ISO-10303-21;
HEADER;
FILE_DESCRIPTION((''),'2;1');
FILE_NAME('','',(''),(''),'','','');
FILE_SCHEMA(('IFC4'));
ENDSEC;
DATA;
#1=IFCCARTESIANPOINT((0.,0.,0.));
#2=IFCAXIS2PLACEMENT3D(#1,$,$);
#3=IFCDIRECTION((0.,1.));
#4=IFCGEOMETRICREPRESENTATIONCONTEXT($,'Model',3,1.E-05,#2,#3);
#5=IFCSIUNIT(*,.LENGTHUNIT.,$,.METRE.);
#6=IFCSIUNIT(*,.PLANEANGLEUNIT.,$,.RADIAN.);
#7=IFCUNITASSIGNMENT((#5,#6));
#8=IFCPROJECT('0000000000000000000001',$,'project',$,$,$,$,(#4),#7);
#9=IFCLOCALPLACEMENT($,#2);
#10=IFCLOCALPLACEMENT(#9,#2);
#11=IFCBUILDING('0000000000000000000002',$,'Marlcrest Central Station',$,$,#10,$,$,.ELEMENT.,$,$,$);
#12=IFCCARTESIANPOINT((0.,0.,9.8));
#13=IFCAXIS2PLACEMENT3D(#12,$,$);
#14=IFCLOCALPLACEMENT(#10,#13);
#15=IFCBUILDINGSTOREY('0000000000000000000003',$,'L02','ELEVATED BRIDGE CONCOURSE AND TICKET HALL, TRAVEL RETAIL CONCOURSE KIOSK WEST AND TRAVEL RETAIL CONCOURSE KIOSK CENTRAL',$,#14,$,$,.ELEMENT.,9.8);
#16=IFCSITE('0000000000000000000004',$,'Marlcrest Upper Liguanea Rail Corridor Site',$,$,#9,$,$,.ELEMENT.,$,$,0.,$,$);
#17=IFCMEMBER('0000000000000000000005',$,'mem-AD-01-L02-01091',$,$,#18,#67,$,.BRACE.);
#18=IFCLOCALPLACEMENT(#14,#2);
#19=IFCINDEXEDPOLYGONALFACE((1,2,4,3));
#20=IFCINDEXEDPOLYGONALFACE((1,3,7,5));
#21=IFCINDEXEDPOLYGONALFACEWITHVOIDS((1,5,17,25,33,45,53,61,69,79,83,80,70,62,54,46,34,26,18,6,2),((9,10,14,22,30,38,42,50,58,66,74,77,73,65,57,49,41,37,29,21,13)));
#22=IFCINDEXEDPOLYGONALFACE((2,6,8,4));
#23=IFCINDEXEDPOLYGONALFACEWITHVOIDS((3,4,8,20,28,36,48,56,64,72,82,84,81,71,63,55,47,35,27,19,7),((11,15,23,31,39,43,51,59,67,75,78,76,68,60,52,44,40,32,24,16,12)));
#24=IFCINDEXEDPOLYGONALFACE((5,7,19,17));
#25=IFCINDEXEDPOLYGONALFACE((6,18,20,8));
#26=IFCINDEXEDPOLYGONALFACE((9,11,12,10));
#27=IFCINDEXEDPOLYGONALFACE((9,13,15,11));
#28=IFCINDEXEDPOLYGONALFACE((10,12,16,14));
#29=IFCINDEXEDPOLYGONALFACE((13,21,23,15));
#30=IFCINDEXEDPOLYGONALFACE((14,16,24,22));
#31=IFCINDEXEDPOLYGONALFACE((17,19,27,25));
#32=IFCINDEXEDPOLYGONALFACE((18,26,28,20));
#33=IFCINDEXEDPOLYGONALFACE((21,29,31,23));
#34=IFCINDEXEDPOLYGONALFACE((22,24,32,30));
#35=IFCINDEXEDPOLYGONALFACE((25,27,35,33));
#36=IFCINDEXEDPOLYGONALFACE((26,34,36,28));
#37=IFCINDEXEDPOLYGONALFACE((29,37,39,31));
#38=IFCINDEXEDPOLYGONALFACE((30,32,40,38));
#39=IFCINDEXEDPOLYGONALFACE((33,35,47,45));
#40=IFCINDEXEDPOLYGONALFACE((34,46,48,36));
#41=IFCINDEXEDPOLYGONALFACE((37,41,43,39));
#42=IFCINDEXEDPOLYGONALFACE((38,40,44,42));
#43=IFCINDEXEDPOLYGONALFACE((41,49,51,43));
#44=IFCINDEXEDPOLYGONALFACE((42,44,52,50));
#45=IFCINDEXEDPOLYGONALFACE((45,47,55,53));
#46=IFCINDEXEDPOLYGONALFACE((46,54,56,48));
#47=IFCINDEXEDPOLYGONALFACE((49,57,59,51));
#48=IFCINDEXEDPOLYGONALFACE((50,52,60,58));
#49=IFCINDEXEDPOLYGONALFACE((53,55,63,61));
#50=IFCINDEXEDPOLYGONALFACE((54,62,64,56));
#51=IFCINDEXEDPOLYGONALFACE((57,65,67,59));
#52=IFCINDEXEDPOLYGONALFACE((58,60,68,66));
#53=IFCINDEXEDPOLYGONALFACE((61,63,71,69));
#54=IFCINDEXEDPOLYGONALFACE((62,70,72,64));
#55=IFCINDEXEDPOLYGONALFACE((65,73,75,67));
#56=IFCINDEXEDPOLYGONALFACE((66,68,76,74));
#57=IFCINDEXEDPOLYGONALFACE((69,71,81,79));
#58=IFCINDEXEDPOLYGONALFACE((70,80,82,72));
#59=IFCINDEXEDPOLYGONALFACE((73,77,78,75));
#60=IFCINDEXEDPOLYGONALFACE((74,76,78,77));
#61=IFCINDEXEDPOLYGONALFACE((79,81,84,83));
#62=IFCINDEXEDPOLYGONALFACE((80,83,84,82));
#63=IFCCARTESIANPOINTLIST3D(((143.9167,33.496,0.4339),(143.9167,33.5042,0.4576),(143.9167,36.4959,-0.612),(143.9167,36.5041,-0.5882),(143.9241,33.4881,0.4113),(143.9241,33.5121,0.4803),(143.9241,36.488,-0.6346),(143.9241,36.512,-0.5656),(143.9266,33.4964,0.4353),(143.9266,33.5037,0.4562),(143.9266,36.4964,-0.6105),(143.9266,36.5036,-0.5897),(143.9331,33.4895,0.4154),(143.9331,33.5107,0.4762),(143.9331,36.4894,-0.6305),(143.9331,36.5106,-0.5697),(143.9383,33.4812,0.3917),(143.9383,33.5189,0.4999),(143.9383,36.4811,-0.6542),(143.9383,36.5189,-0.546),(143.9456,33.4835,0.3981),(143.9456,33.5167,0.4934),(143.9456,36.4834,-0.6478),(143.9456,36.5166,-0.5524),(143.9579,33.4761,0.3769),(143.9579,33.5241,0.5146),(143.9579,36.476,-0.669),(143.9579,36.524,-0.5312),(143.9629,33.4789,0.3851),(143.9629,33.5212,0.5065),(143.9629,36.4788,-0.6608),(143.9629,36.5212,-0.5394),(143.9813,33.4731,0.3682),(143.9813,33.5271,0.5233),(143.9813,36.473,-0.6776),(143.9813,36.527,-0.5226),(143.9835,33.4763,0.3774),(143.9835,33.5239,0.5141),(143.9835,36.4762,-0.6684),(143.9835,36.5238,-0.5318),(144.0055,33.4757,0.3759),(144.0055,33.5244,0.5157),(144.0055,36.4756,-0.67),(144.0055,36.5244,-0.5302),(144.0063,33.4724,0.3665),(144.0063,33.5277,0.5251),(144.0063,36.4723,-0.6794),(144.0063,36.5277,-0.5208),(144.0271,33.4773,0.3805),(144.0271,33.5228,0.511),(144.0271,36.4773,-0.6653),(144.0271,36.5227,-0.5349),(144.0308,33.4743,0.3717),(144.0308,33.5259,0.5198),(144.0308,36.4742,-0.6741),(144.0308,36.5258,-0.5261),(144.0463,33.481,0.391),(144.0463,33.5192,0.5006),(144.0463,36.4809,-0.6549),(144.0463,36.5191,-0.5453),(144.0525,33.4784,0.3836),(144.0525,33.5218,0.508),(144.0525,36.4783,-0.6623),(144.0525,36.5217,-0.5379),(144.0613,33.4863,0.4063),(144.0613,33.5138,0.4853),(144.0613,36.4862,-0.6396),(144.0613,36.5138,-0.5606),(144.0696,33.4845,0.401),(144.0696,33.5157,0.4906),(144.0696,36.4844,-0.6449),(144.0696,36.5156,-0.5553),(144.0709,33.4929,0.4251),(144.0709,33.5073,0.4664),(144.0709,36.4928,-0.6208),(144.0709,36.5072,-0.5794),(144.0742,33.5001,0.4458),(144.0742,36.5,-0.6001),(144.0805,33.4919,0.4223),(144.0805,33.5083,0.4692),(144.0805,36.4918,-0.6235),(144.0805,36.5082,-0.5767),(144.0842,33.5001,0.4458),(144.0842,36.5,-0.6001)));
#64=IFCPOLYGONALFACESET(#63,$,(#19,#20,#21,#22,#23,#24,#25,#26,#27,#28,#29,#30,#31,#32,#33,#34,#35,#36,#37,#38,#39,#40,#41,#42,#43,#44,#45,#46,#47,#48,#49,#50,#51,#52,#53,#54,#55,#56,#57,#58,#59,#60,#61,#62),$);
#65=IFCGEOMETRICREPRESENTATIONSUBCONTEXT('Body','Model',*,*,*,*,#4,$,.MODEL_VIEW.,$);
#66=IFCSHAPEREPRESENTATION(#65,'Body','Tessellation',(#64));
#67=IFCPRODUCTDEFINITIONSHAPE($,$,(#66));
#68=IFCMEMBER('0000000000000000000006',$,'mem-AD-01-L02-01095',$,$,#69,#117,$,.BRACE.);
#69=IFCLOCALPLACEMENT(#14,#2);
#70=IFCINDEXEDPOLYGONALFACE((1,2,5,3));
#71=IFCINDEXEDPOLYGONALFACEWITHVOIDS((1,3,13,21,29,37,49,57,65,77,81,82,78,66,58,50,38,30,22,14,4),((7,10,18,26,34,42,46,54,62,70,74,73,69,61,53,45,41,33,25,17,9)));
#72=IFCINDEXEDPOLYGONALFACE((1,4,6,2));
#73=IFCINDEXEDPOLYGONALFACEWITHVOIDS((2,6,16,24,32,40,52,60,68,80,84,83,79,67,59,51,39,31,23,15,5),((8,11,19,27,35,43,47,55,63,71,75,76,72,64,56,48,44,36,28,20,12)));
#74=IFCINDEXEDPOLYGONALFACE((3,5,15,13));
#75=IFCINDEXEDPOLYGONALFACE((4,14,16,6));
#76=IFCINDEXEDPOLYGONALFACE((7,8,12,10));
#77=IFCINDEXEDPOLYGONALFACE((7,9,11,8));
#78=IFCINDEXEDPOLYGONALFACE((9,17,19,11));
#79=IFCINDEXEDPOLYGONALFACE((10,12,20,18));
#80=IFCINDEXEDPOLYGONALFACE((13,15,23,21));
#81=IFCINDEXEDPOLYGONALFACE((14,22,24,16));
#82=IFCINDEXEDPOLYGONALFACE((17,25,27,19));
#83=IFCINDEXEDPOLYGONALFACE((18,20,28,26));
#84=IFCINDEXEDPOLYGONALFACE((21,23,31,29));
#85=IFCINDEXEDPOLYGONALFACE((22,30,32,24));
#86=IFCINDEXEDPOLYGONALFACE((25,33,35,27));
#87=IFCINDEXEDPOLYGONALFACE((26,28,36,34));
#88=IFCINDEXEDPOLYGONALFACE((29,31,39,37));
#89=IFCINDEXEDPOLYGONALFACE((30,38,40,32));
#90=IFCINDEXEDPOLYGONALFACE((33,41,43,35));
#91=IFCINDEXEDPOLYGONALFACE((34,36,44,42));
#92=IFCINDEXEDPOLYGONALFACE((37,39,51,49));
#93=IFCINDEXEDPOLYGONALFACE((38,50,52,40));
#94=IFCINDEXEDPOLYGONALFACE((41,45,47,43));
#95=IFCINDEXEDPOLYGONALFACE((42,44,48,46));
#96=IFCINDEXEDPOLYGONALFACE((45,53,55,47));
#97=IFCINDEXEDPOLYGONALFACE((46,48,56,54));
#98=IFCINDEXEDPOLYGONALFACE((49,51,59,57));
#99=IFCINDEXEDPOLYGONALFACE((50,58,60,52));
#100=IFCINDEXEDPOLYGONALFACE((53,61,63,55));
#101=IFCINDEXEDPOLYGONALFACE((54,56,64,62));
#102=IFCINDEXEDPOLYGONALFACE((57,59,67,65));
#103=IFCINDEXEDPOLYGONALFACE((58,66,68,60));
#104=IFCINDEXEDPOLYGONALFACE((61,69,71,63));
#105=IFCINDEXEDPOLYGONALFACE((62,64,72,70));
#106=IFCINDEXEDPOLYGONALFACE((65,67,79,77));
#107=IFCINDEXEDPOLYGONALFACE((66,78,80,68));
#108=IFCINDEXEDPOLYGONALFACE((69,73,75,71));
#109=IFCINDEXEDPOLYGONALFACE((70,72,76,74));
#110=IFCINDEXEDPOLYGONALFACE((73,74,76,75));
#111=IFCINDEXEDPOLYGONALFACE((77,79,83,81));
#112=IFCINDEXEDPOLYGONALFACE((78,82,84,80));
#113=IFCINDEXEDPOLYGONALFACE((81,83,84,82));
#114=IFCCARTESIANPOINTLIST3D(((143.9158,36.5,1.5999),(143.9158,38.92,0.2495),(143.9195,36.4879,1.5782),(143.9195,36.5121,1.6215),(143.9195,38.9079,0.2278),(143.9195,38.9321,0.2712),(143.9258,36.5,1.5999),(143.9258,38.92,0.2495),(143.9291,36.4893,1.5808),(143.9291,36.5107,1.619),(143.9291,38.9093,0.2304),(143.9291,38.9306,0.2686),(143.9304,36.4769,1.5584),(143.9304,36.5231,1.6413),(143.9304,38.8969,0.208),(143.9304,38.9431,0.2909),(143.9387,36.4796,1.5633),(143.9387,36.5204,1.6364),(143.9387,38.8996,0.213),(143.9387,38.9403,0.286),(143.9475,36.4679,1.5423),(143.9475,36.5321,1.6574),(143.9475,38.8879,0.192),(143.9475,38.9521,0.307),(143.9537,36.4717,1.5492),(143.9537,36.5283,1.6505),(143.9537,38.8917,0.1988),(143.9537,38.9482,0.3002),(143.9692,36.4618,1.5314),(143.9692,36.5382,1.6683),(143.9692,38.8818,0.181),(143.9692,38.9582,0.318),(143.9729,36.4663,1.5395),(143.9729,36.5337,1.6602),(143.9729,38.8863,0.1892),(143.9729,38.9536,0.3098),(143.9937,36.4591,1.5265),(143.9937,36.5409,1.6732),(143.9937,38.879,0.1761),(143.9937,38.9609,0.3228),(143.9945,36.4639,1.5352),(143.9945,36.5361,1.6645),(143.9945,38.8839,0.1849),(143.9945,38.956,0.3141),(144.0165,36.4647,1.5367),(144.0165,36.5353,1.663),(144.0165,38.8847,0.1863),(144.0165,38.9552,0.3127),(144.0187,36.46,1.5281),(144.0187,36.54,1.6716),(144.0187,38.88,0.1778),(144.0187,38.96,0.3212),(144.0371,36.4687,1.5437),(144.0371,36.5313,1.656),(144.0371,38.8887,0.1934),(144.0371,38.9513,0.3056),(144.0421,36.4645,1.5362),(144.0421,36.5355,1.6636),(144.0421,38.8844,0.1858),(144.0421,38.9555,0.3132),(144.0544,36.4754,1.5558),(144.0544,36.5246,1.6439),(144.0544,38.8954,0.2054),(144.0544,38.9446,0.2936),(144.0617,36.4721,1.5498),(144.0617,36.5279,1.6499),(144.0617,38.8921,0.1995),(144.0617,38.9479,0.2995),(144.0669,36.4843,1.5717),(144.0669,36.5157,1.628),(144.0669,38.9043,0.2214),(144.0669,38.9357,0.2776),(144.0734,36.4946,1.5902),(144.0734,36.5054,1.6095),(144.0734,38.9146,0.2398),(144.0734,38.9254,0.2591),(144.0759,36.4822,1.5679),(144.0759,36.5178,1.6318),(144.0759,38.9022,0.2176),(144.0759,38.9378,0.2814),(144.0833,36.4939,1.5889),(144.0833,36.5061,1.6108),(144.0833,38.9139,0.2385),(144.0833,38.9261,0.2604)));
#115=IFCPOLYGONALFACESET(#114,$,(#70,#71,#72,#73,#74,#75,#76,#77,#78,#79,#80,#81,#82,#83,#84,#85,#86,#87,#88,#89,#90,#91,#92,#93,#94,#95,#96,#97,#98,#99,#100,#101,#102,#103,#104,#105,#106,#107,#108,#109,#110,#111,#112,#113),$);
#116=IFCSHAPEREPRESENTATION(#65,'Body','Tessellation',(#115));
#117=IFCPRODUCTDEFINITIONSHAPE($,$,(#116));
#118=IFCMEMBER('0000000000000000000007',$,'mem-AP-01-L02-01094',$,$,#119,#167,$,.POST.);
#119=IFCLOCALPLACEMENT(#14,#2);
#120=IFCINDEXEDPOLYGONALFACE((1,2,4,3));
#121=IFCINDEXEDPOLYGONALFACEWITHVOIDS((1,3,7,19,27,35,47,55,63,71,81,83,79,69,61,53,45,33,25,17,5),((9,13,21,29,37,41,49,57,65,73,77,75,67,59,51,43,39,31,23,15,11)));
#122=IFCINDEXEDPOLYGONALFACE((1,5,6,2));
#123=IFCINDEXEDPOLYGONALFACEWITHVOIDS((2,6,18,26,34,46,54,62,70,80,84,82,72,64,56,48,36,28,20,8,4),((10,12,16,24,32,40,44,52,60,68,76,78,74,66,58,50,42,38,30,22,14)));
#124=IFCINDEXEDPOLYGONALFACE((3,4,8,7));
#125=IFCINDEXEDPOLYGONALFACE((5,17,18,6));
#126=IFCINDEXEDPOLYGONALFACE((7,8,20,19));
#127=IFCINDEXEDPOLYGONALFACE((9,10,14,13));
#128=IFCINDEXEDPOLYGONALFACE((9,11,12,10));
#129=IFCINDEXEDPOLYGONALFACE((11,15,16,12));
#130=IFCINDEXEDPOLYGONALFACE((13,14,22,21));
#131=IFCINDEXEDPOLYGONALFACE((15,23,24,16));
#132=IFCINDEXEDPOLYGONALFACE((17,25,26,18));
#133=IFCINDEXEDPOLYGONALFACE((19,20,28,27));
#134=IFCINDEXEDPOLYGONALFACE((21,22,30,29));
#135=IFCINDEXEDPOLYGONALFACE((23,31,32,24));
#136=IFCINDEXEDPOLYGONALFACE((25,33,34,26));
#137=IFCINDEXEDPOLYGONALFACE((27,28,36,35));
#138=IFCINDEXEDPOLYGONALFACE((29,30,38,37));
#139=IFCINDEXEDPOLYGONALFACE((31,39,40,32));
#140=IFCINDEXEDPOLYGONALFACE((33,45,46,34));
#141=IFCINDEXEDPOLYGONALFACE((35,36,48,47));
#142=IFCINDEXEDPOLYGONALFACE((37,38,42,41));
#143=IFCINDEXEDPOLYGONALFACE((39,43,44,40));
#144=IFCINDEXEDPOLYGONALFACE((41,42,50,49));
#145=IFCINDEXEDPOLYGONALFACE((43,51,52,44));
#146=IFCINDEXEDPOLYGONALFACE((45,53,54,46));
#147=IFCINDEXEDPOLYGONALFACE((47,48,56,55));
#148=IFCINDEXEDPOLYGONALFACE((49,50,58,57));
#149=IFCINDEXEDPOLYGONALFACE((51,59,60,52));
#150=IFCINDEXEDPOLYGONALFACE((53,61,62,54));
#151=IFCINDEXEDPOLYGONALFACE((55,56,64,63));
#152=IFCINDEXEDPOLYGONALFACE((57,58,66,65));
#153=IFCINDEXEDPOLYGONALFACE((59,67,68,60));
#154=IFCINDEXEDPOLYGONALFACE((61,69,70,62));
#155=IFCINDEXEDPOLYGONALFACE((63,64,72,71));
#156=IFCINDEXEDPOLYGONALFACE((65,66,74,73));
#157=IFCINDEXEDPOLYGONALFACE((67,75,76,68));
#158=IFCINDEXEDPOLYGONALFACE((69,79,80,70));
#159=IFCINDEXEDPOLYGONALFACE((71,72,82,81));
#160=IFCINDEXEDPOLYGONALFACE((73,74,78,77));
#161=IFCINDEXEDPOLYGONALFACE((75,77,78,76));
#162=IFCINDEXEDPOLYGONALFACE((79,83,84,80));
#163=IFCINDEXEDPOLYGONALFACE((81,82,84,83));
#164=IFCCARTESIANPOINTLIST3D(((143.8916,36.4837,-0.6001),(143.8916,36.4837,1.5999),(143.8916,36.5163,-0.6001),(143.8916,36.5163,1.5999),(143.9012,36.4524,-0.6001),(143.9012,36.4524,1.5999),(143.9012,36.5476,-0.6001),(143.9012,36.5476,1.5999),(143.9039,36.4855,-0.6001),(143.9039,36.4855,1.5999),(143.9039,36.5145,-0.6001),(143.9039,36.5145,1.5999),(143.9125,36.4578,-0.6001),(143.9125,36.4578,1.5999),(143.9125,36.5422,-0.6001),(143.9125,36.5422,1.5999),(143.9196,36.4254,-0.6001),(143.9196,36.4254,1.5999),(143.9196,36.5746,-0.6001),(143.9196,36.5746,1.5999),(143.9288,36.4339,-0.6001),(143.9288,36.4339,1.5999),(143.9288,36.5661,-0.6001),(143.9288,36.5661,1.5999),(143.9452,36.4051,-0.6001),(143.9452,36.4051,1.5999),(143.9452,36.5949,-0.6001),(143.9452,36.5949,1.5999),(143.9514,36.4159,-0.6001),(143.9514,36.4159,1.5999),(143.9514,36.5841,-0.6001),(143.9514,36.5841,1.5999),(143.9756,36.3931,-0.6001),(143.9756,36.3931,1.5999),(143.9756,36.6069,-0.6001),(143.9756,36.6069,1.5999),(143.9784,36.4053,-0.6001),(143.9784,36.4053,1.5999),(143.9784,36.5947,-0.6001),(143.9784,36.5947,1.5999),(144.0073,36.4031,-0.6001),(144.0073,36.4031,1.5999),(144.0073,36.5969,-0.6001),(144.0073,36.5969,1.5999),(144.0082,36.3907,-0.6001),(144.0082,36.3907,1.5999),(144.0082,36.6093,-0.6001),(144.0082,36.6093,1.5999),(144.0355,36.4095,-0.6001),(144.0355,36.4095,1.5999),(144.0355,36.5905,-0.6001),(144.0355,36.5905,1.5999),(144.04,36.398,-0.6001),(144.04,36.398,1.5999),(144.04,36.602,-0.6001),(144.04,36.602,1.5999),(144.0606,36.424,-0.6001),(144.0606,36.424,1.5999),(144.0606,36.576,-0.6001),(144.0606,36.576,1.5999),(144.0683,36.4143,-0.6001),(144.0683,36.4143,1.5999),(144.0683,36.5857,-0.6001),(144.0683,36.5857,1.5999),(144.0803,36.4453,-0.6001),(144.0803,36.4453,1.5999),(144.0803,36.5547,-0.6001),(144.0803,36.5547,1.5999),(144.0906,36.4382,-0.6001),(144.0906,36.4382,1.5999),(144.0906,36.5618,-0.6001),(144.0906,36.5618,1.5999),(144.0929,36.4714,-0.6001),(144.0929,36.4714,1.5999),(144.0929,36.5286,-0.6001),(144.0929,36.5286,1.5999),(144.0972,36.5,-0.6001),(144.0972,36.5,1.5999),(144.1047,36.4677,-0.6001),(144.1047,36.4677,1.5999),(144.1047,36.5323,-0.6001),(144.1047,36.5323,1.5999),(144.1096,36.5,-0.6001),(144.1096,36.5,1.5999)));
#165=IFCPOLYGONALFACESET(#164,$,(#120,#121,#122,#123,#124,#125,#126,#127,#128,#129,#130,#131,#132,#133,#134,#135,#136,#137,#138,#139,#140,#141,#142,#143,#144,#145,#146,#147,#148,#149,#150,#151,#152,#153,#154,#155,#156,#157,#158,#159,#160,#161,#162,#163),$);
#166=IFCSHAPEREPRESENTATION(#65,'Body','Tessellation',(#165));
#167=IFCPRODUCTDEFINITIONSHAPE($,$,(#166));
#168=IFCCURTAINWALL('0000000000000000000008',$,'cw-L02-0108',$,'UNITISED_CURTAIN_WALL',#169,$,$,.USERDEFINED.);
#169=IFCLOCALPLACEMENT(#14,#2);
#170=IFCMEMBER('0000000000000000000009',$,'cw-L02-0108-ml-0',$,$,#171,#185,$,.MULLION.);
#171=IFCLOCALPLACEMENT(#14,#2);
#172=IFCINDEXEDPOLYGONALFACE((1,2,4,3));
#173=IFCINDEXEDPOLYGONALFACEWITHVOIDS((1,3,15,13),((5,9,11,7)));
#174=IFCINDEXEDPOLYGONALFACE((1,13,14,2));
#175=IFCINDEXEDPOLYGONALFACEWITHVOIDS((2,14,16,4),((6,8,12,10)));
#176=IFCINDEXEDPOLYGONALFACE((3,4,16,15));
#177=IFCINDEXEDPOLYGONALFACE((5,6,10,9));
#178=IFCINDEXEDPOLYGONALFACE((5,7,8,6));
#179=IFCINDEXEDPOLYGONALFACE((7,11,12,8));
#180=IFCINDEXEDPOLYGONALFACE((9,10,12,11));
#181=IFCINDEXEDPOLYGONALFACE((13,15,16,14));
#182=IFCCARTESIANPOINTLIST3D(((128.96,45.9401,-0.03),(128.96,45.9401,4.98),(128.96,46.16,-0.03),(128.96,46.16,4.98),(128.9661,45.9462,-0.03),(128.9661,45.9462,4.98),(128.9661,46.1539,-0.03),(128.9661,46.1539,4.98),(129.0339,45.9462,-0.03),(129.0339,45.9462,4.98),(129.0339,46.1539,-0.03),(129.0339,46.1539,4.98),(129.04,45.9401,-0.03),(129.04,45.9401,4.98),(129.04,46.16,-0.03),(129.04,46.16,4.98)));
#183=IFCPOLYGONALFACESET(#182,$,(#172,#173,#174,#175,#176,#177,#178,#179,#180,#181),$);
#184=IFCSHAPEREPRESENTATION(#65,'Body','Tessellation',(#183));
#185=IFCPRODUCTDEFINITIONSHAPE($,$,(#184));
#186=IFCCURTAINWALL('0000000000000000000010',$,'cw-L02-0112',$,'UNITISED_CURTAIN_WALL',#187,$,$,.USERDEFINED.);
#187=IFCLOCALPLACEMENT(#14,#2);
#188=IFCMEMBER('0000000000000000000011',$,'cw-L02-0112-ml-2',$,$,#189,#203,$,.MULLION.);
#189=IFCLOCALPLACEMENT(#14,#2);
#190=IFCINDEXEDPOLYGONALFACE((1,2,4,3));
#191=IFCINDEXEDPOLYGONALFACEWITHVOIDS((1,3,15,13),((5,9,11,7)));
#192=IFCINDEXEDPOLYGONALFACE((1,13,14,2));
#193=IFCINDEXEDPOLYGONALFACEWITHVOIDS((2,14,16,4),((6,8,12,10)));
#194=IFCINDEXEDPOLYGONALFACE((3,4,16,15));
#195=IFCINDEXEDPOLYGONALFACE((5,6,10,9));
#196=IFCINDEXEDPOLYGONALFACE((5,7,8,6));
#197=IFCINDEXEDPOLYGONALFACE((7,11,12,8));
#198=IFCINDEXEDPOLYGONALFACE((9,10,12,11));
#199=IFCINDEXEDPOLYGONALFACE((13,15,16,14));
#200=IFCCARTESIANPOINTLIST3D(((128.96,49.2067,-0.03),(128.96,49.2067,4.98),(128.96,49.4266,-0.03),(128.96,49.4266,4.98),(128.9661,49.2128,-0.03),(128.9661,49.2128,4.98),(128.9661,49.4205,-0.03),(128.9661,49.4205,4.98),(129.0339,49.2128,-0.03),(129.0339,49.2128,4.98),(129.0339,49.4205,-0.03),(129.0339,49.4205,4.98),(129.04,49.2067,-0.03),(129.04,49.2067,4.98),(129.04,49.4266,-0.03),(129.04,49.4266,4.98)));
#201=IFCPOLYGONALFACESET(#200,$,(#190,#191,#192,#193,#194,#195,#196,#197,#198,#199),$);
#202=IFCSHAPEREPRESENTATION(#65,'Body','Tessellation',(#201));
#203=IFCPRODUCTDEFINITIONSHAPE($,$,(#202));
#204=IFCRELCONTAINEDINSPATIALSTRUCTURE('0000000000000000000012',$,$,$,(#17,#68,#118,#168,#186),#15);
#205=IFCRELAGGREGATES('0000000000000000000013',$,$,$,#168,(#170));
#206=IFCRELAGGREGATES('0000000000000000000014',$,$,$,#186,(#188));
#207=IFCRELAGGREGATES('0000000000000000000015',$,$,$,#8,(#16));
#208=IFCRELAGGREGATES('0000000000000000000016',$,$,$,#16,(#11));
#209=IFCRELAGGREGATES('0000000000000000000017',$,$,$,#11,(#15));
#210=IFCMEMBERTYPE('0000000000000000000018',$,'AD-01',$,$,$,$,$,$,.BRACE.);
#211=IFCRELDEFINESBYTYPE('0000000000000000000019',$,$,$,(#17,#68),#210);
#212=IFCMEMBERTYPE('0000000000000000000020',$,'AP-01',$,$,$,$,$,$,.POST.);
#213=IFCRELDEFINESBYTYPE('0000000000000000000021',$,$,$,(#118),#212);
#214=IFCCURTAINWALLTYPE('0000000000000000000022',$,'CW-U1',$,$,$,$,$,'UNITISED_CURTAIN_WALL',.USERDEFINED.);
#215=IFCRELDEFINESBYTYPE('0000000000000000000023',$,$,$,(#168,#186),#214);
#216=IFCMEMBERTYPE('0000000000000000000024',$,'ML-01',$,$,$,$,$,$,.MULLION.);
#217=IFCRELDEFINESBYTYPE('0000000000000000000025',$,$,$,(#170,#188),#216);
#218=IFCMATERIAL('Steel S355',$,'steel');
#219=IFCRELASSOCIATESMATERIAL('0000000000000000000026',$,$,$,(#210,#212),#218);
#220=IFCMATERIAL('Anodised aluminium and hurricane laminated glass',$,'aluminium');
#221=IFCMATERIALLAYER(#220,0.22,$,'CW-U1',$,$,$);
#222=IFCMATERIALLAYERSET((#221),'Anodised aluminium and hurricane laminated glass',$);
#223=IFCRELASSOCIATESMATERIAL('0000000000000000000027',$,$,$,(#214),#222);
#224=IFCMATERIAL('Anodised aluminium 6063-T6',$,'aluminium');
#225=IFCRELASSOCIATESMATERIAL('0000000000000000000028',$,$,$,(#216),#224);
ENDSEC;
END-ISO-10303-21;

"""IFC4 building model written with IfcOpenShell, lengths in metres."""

from ifc_helpers import new_model, si_unit, direction, frame, origin, origin_2d, place, context, subcontext, project, spatial, hollow_rectangle, hollow_circle, extrude, material, layer, layer_set, material_profile, profile_set, type_object, element, aggregate, save


model = new_model("IFC4")

# Units and contexts
model_context = context("Model", 3, precision=1e-05, world=origin(), true_north=direction((0.0, 1.0)))
body_context = subcontext(model_context, "Body", "Model", "MODEL_VIEW")
ifc_project = project(units=[si_unit("LENGTHUNIT", "METRE"), si_unit("PLANEANGLEUNIT", "RADIAN")], contexts=[model_context])

# Site, building, storey
site_placement = place(None, origin())
site = spatial("IfcSite", under=ifc_project, at=site_placement, Name="Marlcrest Upper Liguanea Rail Corridor Site", CompositionType="ELEMENT", RefElevation=0.0)
building_placement = place(site_placement, origin())
building = spatial("IfcBuilding", under=site, at=building_placement, Name="Marlcrest Central Station", CompositionType="ELEMENT")
storey_placement = place(building_placement, frame((0.0, 0.0, 9.8)))
storey = spatial("IfcBuildingStorey", under=building, at=storey_placement, Name="L02", Description="ELEVATED BRIDGE CONCOURSE AND TICKET HALL, TRAVEL RETAIL CONCOURSE KIOSK WEST AND TRAVEL RETAIL CONCOURSE KIOSK CENTRAL", CompositionType="ELEMENT", Elevation=9.8)

# Shared definitions
ifc_material_1 = material(Name="Steel S355", Category="steel")

# Members
ifc_material_profile_1 = material_profile(ifc_material_1, hollow_circle(Radius=0.0842, WallThickness=0.01, at=origin_2d()), Name="CHS 168.3x10")
ifc_profile_set_1 = profile_set([ifc_material_profile_1], Name="Steel S355")
member_type_1 = type_object("IfcMemberType", Name="AD-01", PredefinedType="BRACE", material=ifc_profile_set_1)
member_1_placement = place(storey_placement, frame((144.0, 36.5, -0.6001), z_axis=(0.0, -0.94426, 0.3292), x_axis=(1.0, 0.0, 0.0)))
element("IfcMember", 1, at=member_1_placement, inside=storey, type_object=member_type_1, Name="mem-AD-01-L02-01091", PredefinedType="BRACE", context=body_context, shape_type="SweptSolid", body=[
    extrude(hollow_circle(Radius=0.0842, WallThickness=0.01, at=origin_2d()), origin(), (0.0, 0.0, 1.0), 3.177),
])
member_2_placement = place(storey_placement, frame((144.0, 36.5, 1.5999), z_axis=(0.0, 0.873246, -0.48728), x_axis=(-1.0, 0.0, 0.0)))
element("IfcMember", 2, at=member_2_placement, inside=storey, type_object=member_type_1, Name="mem-AD-01-L02-01095", PredefinedType="BRACE", context=body_context, shape_type="SweptSolid", body=[
    extrude(hollow_circle(Radius=0.0842, WallThickness=0.01, at=origin_2d()), origin(), (0.0, 0.0, 1.0), 2.7712),
])
ifc_material_profile_2 = material_profile(ifc_material_1, hollow_circle(Radius=0.1096, WallThickness=0.0125, at=origin_2d()), Name="CHS 219.1x12.5")
ifc_profile_set_2 = profile_set([ifc_material_profile_2], Name="Steel S355")
member_type_2 = type_object("IfcMemberType", Name="AP-01", PredefinedType="POST", material=ifc_profile_set_2)
member_3_placement = place(storey_placement, frame((144.0, 36.5, -0.6001), z_axis=(0.0, 0.0, 1.0), x_axis=(1.0, 0.0, 0.0)))
element("IfcMember", 3, at=member_3_placement, inside=storey, type_object=member_type_2, Name="mem-AP-01-L02-01094", PredefinedType="POST", context=body_context, shape_type="SweptSolid", body=[
    extrude(hollow_circle(Radius=0.1096, WallThickness=0.0125, at=origin_2d()), origin(), (0.0, 0.0, 1.0), 2.2),
])

# Curtain wall, member
ifc_material_2 = material(Name="Anodised aluminium and hurricane laminated glass", Category="aluminium")
ifc_layer_1 = layer(ifc_material_2, 0.22, Name="CW-U1")
ifc_layer_set_1 = layer_set([ifc_layer_1], Name="Anodised aluminium and hurricane laminated glass")
curtain_wall_type = type_object("IfcCurtainWallType", Name="CW-U1", ElementType="UNITISED_CURTAIN_WALL", PredefinedType="USERDEFINED", material=ifc_layer_set_1)
curtain_wall_1_placement = place(storey_placement, origin())
curtain_wall_1 = element("IfcCurtainWall", 4, at=curtain_wall_1_placement, inside=storey, type_object=curtain_wall_type, Name="cw-L02-0108", ObjectType="UNITISED_CURTAIN_WALL", PredefinedType="USERDEFINED")
ifc_material_3 = material(Name="Anodised aluminium 6063-T6", Category="aluminium")
ifc_material_profile_3 = material_profile(ifc_material_3, hollow_rectangle(XDim=0.0801, YDim=0.22, WallThickness=0.0061, at=origin_2d()), Name="AA-RHS 220x80x6")
ifc_profile_set_3 = profile_set([ifc_material_profile_3], Name="Anodised aluminium 6063-T6")
member_type_3 = type_object("IfcMemberType", Name="ML-01", PredefinedType="MULLION", material=ifc_profile_set_3)
member_4_placement = place(storey_placement, frame((129.0, 46.05, -0.03), z_axis=(0.0, 0.0, 1.0), x_axis=(1.0, 0.0, 0.0)))
member_4 = element("IfcMember", 5, at=member_4_placement, type_object=member_type_3, Name="cw-L02-0108-ml-0", PredefinedType="MULLION", context=body_context, shape_type="SweptSolid", body=[
    extrude(hollow_rectangle(XDim=0.0801, YDim=0.22, WallThickness=0.0061, at=origin_2d()), origin(), (0.0, 0.0, 1.0), 5.01),
])

# Curtain wall, member
curtain_wall_2_placement = place(storey_placement, origin())
curtain_wall_2 = element("IfcCurtainWall", 6, at=curtain_wall_2_placement, inside=storey, type_object=curtain_wall_type, Name="cw-L02-0112", ObjectType="UNITISED_CURTAIN_WALL", PredefinedType="USERDEFINED")
member_5_placement = place(storey_placement, frame((129.0, 49.3167, -0.03), z_axis=(0.0, 0.0, 1.0), x_axis=(1.0, 0.0, 0.0)))
member_5 = element("IfcMember", 7, at=member_5_placement, type_object=member_type_3, Name="cw-L02-0112-ml-2", PredefinedType="MULLION", context=body_context, shape_type="SweptSolid", body=[
    extrude(hollow_rectangle(XDim=0.0801, YDim=0.22, WallThickness=0.0061, at=origin_2d()), origin(), (0.0, 0.0, 1.0), 5.01),
])

aggregate(curtain_wall_1, [member_4])

aggregate(curtain_wall_2, [member_5])

save(model, "model.ifc")
